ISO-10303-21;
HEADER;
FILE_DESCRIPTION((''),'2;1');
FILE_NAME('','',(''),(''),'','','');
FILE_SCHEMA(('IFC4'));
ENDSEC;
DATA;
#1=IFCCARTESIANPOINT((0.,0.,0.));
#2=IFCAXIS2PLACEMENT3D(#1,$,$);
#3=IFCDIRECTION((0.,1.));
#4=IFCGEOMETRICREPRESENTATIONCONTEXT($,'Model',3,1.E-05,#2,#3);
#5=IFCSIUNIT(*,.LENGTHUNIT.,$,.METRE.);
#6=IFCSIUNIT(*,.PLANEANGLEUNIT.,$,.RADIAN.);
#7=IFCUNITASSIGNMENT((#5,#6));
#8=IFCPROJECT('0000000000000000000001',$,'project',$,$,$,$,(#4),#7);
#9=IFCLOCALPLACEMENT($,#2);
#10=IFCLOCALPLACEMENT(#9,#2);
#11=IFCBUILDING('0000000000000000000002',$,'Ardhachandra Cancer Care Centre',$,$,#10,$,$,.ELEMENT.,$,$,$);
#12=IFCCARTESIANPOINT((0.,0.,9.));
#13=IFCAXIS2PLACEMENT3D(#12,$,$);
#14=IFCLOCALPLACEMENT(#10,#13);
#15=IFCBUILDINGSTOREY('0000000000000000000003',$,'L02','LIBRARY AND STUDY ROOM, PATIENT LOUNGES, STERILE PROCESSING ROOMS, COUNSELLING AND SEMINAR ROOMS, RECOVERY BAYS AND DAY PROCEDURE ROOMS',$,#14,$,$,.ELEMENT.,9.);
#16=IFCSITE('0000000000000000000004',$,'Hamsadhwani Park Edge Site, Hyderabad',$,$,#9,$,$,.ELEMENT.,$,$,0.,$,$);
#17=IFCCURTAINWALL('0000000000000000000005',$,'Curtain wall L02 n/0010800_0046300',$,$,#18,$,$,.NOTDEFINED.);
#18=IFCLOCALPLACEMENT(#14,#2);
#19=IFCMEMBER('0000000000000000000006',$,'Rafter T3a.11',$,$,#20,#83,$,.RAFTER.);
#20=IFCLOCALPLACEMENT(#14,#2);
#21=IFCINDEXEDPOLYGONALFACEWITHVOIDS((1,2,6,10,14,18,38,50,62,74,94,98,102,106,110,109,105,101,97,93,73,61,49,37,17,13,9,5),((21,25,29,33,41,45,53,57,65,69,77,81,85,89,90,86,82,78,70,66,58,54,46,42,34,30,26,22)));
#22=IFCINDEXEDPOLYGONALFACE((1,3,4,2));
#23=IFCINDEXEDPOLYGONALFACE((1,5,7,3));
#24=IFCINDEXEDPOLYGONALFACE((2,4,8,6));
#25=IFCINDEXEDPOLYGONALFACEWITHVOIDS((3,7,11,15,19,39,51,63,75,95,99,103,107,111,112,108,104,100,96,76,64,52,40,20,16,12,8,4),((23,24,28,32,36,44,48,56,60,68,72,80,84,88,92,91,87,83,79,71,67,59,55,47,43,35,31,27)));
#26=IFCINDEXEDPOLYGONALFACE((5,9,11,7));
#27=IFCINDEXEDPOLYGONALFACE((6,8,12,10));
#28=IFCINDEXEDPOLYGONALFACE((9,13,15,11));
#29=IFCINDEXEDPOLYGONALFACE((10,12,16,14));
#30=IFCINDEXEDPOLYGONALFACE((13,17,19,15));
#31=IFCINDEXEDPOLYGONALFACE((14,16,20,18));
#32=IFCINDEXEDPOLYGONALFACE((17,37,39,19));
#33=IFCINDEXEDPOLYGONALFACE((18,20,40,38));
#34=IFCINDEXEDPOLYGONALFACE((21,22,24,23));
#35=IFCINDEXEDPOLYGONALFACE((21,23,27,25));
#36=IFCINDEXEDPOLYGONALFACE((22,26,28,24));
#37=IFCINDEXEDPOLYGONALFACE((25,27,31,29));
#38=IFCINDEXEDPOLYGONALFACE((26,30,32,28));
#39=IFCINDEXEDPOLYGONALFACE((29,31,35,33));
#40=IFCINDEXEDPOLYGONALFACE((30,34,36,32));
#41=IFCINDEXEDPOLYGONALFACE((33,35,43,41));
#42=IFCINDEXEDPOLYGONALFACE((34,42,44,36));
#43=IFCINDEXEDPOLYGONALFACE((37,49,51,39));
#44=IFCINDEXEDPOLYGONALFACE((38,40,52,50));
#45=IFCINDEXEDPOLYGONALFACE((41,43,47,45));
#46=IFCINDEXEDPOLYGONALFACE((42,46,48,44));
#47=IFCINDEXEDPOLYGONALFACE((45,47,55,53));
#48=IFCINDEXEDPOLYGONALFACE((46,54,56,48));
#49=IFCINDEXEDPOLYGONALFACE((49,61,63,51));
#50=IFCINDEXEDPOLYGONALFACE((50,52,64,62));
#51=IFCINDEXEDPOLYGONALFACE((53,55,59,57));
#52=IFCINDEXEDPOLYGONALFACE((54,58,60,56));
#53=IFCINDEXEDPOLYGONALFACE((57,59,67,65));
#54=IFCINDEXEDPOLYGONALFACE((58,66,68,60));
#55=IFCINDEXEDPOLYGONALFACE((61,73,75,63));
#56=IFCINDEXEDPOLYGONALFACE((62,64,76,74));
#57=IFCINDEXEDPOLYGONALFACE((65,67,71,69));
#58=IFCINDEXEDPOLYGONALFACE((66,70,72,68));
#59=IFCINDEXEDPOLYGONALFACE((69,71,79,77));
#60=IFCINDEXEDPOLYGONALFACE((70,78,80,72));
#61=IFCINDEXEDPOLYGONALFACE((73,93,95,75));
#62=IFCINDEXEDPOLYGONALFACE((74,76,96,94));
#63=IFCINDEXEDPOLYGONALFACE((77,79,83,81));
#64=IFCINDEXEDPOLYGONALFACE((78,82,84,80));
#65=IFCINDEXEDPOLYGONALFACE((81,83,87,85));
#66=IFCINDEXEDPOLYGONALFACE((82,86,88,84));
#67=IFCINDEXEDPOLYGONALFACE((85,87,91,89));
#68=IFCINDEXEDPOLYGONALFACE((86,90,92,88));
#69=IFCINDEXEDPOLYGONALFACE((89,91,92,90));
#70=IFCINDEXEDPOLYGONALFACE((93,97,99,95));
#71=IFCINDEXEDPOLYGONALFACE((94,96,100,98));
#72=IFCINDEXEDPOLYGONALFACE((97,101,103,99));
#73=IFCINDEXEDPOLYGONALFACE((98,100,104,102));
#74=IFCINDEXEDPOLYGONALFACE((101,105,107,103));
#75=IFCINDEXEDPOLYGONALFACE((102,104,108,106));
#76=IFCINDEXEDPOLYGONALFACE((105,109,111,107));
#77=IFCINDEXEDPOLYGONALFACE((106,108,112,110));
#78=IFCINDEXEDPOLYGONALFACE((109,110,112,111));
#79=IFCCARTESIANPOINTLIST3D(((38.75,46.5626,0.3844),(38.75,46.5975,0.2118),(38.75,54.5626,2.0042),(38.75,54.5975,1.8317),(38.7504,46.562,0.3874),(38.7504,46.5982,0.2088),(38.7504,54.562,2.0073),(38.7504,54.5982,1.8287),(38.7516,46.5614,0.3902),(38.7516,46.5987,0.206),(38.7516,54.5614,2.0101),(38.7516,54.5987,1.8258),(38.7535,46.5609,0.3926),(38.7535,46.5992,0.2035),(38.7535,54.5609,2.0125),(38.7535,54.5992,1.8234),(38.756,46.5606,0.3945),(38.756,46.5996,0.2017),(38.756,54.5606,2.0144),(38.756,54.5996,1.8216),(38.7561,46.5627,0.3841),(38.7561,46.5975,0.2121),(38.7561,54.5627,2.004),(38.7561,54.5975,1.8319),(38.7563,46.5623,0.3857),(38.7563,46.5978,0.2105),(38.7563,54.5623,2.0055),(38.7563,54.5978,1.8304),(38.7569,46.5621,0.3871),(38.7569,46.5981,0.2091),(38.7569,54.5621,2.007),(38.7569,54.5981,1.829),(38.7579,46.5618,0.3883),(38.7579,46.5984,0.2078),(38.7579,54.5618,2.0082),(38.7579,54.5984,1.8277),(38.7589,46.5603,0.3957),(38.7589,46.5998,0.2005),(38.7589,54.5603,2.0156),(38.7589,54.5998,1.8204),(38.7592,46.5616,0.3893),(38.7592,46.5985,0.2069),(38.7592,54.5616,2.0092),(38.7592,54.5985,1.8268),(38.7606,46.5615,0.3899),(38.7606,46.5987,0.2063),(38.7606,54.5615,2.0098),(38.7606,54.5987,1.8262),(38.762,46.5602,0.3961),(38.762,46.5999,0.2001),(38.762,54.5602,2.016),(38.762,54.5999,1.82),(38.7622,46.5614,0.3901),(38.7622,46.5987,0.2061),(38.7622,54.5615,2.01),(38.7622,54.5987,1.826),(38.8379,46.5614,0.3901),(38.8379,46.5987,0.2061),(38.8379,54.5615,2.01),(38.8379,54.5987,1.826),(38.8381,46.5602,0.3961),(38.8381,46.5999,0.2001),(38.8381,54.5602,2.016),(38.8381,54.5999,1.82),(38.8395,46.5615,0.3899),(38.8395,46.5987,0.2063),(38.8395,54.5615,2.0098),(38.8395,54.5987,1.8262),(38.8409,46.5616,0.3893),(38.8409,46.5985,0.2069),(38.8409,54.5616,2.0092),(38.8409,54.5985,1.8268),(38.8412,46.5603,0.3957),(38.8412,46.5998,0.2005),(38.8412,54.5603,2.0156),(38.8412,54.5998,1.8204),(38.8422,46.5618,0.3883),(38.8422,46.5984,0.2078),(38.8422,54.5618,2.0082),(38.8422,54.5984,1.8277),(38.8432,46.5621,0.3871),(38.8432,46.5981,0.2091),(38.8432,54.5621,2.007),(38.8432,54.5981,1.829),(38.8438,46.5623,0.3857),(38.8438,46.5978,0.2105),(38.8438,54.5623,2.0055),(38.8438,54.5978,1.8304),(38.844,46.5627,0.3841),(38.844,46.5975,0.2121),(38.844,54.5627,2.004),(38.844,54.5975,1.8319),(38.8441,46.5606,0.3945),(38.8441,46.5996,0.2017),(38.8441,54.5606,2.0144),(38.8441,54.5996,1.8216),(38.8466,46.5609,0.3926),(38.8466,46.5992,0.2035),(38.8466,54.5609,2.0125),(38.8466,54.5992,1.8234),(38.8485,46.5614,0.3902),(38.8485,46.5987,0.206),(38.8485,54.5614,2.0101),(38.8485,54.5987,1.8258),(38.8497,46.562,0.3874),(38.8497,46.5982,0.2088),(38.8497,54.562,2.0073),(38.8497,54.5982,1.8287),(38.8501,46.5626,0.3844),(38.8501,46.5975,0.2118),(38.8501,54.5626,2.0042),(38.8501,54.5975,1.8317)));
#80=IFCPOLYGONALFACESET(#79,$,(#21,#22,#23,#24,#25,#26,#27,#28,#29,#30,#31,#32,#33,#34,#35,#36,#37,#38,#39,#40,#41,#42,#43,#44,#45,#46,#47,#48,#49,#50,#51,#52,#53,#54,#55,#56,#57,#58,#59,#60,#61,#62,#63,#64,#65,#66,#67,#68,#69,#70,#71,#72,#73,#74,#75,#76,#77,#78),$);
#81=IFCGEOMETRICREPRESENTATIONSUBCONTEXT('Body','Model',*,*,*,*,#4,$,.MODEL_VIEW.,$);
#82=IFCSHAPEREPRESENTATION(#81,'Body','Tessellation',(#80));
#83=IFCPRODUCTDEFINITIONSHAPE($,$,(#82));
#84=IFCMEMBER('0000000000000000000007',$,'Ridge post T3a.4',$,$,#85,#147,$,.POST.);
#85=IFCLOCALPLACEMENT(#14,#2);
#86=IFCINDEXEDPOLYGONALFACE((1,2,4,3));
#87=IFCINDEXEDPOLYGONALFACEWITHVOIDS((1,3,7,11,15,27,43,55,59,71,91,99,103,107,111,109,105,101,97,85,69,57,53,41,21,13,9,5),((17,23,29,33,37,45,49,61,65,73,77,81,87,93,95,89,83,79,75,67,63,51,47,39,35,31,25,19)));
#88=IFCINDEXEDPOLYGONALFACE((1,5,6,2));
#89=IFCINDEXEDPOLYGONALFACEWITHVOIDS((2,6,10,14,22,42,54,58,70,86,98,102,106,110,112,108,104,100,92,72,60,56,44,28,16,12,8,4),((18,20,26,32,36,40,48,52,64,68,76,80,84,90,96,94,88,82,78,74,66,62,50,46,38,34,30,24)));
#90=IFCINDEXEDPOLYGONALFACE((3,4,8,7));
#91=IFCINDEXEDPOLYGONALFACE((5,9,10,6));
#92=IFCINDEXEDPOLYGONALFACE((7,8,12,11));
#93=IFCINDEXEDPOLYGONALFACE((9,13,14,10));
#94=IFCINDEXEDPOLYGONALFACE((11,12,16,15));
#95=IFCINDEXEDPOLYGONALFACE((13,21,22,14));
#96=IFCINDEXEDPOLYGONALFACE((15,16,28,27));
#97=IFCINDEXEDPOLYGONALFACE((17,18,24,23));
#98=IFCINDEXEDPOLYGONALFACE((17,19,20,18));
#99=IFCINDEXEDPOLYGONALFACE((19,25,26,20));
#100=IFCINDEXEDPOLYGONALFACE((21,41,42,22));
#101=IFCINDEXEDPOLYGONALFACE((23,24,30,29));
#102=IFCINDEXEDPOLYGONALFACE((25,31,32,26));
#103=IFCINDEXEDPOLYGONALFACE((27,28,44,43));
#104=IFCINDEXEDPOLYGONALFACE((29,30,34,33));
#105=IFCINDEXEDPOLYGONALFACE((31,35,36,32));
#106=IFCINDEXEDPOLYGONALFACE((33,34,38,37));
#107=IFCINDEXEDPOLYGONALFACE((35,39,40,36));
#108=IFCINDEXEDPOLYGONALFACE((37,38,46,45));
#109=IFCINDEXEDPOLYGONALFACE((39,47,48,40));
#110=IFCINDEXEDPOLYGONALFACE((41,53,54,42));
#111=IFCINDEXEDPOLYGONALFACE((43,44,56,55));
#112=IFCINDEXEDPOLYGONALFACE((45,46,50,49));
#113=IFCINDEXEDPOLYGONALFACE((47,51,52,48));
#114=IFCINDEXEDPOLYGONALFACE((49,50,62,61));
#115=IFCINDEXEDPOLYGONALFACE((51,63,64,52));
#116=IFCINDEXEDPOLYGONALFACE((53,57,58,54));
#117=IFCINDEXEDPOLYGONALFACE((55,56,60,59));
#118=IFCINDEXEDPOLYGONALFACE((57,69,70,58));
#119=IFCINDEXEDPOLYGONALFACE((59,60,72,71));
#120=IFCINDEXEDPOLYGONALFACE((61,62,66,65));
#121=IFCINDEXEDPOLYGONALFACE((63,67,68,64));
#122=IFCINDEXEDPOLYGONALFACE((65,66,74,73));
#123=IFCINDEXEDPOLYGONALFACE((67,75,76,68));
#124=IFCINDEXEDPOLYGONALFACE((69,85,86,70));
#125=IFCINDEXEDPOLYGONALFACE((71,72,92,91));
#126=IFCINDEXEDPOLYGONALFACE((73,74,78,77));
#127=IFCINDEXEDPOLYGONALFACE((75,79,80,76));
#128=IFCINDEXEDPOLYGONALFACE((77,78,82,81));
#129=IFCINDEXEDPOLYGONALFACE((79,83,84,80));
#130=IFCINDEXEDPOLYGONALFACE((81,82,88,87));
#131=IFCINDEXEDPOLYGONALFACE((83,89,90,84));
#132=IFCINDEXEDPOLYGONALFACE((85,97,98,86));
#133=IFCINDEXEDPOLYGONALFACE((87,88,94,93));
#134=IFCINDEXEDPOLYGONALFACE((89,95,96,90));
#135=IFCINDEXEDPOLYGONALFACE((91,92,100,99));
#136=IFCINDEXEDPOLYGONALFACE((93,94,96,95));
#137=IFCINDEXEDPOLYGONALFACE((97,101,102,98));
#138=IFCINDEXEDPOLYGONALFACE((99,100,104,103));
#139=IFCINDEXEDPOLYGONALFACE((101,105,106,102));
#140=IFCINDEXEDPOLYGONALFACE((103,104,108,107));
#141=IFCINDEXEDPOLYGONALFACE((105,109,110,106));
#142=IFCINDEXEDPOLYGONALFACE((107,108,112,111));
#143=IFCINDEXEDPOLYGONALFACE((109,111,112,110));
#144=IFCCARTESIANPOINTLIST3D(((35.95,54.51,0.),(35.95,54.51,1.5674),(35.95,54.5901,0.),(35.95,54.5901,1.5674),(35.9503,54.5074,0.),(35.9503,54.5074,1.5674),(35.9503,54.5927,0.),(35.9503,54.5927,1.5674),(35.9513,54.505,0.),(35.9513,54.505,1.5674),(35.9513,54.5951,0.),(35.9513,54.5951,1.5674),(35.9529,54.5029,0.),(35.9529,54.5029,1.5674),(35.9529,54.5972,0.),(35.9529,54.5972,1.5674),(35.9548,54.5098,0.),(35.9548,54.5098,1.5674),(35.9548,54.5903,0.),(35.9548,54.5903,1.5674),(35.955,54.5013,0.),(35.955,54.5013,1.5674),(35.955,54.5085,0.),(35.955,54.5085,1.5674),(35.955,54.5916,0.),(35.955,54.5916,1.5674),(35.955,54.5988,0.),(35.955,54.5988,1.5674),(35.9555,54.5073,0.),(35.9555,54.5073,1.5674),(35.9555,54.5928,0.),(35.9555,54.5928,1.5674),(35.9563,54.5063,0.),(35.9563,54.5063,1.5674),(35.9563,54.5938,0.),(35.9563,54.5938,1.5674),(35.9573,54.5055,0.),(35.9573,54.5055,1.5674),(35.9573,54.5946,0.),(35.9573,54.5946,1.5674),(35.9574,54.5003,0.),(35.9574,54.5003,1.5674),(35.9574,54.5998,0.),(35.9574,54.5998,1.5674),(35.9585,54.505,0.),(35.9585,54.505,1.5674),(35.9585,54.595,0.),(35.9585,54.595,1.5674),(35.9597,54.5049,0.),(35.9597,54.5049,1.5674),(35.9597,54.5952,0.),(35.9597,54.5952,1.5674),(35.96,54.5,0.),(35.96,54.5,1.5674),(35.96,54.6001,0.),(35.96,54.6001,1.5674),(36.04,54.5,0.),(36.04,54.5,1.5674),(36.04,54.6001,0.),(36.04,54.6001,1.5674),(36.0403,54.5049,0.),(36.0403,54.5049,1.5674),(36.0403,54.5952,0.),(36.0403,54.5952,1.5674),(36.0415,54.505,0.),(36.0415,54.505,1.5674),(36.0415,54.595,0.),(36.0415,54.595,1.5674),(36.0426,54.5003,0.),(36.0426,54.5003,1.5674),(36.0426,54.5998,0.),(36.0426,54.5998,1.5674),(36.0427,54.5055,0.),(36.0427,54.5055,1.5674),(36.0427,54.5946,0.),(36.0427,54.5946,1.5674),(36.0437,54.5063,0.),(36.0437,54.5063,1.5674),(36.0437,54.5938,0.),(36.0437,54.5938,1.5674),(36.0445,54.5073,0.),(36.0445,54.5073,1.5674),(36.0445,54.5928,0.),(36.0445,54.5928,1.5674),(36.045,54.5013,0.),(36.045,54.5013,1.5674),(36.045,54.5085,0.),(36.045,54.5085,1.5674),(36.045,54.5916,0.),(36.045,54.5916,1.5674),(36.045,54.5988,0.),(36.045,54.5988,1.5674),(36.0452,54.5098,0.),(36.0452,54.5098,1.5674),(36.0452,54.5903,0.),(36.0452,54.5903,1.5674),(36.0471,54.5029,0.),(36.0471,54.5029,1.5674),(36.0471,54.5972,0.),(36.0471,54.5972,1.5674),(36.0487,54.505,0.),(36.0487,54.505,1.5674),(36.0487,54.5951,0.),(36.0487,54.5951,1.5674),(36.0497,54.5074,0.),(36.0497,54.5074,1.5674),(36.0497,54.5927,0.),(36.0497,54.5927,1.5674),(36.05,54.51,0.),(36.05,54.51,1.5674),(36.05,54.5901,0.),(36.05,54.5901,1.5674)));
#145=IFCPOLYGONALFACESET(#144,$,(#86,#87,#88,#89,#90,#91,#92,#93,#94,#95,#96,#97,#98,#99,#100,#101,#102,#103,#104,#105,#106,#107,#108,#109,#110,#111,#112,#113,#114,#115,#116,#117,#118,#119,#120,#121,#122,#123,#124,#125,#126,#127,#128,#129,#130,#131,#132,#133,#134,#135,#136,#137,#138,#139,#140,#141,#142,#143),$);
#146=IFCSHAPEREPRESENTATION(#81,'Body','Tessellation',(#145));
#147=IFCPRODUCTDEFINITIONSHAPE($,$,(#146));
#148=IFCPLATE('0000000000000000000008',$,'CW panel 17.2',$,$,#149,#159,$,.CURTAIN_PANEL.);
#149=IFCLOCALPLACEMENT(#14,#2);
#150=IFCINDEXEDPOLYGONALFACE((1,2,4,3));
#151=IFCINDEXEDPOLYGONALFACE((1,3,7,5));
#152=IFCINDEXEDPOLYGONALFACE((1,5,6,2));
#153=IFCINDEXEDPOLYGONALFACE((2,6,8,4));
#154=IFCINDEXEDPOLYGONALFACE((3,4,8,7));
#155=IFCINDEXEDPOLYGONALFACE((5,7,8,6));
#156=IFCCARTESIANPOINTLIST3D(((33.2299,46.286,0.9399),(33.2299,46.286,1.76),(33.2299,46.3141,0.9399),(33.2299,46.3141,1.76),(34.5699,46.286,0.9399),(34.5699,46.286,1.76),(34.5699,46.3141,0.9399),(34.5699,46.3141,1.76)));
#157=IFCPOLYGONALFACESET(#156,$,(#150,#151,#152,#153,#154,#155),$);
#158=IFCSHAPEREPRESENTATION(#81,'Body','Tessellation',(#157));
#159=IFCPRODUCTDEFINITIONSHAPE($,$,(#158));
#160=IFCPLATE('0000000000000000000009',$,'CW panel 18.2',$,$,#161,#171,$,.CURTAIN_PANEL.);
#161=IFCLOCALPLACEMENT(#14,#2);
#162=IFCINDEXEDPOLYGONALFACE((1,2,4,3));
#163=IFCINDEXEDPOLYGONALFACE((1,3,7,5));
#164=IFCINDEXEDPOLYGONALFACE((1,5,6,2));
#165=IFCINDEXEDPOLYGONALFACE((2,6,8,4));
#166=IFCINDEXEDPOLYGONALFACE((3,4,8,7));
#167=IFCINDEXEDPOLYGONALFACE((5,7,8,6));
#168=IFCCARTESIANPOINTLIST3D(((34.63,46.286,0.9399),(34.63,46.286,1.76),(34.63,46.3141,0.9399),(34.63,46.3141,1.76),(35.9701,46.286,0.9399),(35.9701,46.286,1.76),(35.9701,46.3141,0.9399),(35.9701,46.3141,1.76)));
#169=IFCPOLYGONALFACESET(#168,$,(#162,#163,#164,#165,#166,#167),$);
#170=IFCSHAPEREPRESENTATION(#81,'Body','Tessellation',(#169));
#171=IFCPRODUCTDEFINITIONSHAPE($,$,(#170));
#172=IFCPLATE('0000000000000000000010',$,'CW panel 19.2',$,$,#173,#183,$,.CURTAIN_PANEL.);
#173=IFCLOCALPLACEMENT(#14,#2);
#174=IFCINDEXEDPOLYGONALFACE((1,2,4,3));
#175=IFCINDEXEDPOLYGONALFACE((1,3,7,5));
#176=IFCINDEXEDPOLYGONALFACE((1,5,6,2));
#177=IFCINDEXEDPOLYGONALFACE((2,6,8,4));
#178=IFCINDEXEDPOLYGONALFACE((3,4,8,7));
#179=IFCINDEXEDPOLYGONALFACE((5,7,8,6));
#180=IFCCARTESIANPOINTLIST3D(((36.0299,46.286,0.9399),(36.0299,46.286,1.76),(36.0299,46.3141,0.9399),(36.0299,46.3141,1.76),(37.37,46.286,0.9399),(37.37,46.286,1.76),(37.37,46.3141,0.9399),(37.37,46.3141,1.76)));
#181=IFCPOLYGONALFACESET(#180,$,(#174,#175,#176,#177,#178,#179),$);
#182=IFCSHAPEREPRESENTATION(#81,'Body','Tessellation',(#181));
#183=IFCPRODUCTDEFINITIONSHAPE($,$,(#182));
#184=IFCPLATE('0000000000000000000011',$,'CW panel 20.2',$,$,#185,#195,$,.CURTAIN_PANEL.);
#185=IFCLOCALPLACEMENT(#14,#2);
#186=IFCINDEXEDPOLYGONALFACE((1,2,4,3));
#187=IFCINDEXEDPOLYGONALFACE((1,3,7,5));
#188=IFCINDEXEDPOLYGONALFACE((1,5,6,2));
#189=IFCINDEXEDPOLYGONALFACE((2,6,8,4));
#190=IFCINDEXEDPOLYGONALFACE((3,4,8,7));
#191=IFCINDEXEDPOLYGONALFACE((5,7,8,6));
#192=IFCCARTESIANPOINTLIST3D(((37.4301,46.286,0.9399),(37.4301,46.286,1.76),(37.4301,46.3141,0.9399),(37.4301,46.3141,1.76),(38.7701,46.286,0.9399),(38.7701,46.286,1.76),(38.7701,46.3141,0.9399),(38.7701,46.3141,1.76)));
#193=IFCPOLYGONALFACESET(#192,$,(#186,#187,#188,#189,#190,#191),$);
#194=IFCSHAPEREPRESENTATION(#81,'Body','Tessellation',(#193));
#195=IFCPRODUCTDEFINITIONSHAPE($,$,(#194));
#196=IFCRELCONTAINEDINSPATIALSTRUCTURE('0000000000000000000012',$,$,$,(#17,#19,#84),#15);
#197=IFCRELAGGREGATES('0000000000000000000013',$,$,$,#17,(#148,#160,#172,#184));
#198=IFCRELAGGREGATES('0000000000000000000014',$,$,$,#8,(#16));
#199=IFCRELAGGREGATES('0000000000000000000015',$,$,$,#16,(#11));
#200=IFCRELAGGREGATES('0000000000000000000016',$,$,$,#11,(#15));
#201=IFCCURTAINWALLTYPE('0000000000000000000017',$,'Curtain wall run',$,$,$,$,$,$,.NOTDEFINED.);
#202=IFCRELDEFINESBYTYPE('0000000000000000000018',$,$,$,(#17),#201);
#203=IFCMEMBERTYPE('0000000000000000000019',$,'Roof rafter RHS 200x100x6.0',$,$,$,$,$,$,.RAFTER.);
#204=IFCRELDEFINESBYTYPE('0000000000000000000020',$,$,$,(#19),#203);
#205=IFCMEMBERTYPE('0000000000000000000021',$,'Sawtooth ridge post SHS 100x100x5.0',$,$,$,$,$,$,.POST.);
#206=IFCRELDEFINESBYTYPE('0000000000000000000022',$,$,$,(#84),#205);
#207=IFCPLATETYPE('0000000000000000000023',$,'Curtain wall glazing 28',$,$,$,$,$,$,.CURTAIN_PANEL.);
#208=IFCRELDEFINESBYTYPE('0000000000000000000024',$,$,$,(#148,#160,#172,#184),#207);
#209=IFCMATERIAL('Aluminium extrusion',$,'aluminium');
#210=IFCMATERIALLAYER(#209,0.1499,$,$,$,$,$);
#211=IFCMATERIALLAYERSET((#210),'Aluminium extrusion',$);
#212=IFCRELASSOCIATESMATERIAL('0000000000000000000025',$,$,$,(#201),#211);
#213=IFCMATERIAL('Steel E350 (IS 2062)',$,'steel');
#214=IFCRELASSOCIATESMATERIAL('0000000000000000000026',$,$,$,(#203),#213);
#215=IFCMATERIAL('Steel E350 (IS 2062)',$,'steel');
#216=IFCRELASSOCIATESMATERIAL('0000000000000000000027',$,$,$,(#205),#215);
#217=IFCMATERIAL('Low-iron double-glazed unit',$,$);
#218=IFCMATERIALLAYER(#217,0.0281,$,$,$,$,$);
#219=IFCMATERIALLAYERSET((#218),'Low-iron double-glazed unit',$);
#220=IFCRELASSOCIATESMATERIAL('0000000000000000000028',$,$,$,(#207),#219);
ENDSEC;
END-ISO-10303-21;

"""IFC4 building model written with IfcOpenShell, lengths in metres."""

from ifc_helpers import new_model, si_unit, direction, frame, origin, origin_2d, place, context, subcontext, project, spatial, rectangle, hollow_rectangle, extrude, material, layer, layer_set, material_profile, profile_set, type_object, element, aggregate, save


model = new_model("IFC4")

# Units and contexts
model_context = context("Model", 3, precision=1e-05, world=origin(), true_north=direction((0.0, 1.0)))
body_context = subcontext(model_context, "Body", "Model", "MODEL_VIEW")
ifc_project = project(units=[si_unit("LENGTHUNIT", "METRE"), si_unit("PLANEANGLEUNIT", "RADIAN")], contexts=[model_context])

# Site, building, storey
site_placement = place(None, origin())
site = spatial("IfcSite", under=ifc_project, at=site_placement, Name="Hamsadhwani Park Edge Site, Hyderabad", CompositionType="ELEMENT", RefElevation=0.0)
building_placement = place(site_placement, origin())
building = spatial("IfcBuilding", under=site, at=building_placement, Name="Ardhachandra Cancer Care Centre", CompositionType="ELEMENT")
storey_placement = place(building_placement, frame((0.0, 0.0, 9.0)))
storey = spatial("IfcBuildingStorey", under=building, at=storey_placement, Name="L02", Description="LIBRARY AND STUDY ROOM, PATIENT LOUNGES, STERILE PROCESSING ROOMS, COUNSELLING AND SEMINAR ROOMS, RECOVERY BAYS AND DAY PROCEDURE ROOMS", CompositionType="ELEMENT", Elevation=9.0)

# Curtain wall
ifc_material_1 = material(Name="Aluminium extrusion", Category="aluminium")
ifc_layer_1 = layer(ifc_material_1, 0.1499)
ifc_layer_set_1 = layer_set([ifc_layer_1], Name="Aluminium extrusion")
curtain_wall_type = type_object("IfcCurtainWallType", Name="Curtain wall run", PredefinedType="NOTDEFINED", material=ifc_layer_set_1)
curtain_wall_placement = place(storey_placement, origin())
curtain_wall = element("IfcCurtainWall", 1, at=curtain_wall_placement, inside=storey, type_object=curtain_wall_type, Name="Curtain wall L02 n/0010800_0046300", PredefinedType="NOTDEFINED")

# Members
ifc_material_2 = material(Name="Steel E350 (IS 2062)", Category="steel")
ifc_material_profile_1 = material_profile(ifc_material_2, hollow_rectangle(XDim=0.1001, YDim=0.2, WallThickness=0.0061, InnerFilletRadius=0.0061, OuterFilletRadius=0.012, at=origin_2d()), Name="RHS 200x100x6.0")
ifc_profile_set_1 = profile_set([ifc_material_profile_1], Name="Steel E350 (IS 2062)")
member_type_1 = type_object("IfcMemberType", Name="Roof rafter RHS 200x100x6.0", PredefinedType="RAFTER", material=ifc_profile_set_1)
for number, where, z_axis, x_axis, name in (
    (2, (38.8, 46.5801, 0.2981), (0.0, 0.98011, 0.198457), (-1.0, 0.0, 0.0), "Rafter T3a.11"),
):
    element("IfcMember", number, at=place(storey_placement, frame(where, z_axis=z_axis, x_axis=x_axis)), inside=storey, type_object=member_type_1, Name=name, PredefinedType="RAFTER", context=body_context, shape_type="SweptSolid", body=[
        extrude(hollow_rectangle(XDim=0.1001, YDim=0.2, WallThickness=0.0061, InnerFilletRadius=0.0061, OuterFilletRadius=0.012, at=origin_2d()), origin(), (0.0, 0.0, 1.0), 8.1624),
    ])
ifc_material_3 = material(Name="Steel E350 (IS 2062)", Category="steel")
ifc_material_profile_2 = material_profile(ifc_material_3, hollow_rectangle(XDim=0.1001, YDim=0.1001, WallThickness=0.0049, InnerFilletRadius=0.0049, OuterFilletRadius=0.01, at=origin_2d()), Name="SHS 100x100x5.0")
ifc_profile_set_2 = profile_set([ifc_material_profile_2], Name="Steel E350 (IS 2062)")
member_type_2 = type_object("IfcMemberType", Name="Sawtooth ridge post SHS 100x100x5.0", PredefinedType="POST", material=ifc_profile_set_2)
member_1_placement = place(storey_placement, frame((36.0, 54.55, 0.0), z_axis=(0.0, 0.0, 1.0), x_axis=(1.0, 0.0, 0.0)))
element("IfcMember", 3, at=member_1_placement, inside=storey, type_object=member_type_2, Name="Ridge post T3a.4", PredefinedType="POST", context=body_context, shape_type="SweptSolid", body=[
    extrude(hollow_rectangle(XDim=0.1001, YDim=0.1001, WallThickness=0.0049, InnerFilletRadius=0.0049, OuterFilletRadius=0.01, at=origin_2d()), origin(), (0.0, 0.0, 1.0), 1.5674),
])

# Plates
ifc_material_4 = material(Name="Low-iron double-glazed unit")
ifc_layer_2 = layer(ifc_material_4, 0.0281)
ifc_layer_set_2 = layer_set([ifc_layer_2], Name="Low-iron double-glazed unit")
plate_type_1 = type_object("IfcPlateType", Name="Curtain wall glazing 28", PredefinedType="CURTAIN_PANEL", material=ifc_layer_set_2)
plate_1_placement = place(storey_placement, frame((33.8999, 46.3, 0.9399), z_axis=(0.0, 0.0, 1.0), x_axis=(1.0, 0.0, 0.0)))
plate_1 = element("IfcPlate", 4, at=plate_1_placement, type_object=plate_type_1, Name="CW panel 17.2", PredefinedType="CURTAIN_PANEL", context=body_context, shape_type="SweptSolid", body=[
    extrude(rectangle(XDim=1.3401, YDim=0.0281, at=origin_2d()), origin(), (0.0, 0.0, 1.0), 0.8201),
])
plate_2_placement = place(storey_placement, frame((35.3, 46.3, 0.9399), z_axis=(0.0, 0.0, 1.0), x_axis=(1.0, 0.0, 0.0)))
plate_2 = element("IfcPlate", 5, at=plate_2_placement, type_object=plate_type_1, Name="CW panel 18.2", PredefinedType="CURTAIN_PANEL", context=body_context, shape_type="SweptSolid", body=[
    extrude(rectangle(XDim=1.3401, YDim=0.0281, at=origin_2d()), origin(), (0.0, 0.0, 1.0), 0.8201),
])
plate_3_placement = place(storey_placement, frame((36.7, 46.3, 0.9399), z_axis=(0.0, 0.0, 1.0), x_axis=(1.0, 0.0, 0.0)))
plate_3 = element("IfcPlate", 6, at=plate_3_placement, type_object=plate_type_1, Name="CW panel 19.2", PredefinedType="CURTAIN_PANEL", context=body_context, shape_type="SweptSolid", body=[
    extrude(rectangle(XDim=1.3401, YDim=0.0281, at=origin_2d()), origin(), (0.0, 0.0, 1.0), 0.8201),
])
plate_4_placement = place(storey_placement, frame((38.1001, 46.3, 0.9399), z_axis=(0.0, 0.0, 1.0), x_axis=(1.0, 0.0, 0.0)))
plate_4 = element("IfcPlate", 7, at=plate_4_placement, type_object=plate_type_1, Name="CW panel 20.2", PredefinedType="CURTAIN_PANEL", context=body_context, shape_type="SweptSolid", body=[
    extrude(rectangle(XDim=1.3401, YDim=0.0281, at=origin_2d()), origin(), (0.0, 0.0, 1.0), 0.8201),
])
aggregate(curtain_wall, [plate_1, plate_2, plate_3, plate_4])

save(model, "model.ifc")
